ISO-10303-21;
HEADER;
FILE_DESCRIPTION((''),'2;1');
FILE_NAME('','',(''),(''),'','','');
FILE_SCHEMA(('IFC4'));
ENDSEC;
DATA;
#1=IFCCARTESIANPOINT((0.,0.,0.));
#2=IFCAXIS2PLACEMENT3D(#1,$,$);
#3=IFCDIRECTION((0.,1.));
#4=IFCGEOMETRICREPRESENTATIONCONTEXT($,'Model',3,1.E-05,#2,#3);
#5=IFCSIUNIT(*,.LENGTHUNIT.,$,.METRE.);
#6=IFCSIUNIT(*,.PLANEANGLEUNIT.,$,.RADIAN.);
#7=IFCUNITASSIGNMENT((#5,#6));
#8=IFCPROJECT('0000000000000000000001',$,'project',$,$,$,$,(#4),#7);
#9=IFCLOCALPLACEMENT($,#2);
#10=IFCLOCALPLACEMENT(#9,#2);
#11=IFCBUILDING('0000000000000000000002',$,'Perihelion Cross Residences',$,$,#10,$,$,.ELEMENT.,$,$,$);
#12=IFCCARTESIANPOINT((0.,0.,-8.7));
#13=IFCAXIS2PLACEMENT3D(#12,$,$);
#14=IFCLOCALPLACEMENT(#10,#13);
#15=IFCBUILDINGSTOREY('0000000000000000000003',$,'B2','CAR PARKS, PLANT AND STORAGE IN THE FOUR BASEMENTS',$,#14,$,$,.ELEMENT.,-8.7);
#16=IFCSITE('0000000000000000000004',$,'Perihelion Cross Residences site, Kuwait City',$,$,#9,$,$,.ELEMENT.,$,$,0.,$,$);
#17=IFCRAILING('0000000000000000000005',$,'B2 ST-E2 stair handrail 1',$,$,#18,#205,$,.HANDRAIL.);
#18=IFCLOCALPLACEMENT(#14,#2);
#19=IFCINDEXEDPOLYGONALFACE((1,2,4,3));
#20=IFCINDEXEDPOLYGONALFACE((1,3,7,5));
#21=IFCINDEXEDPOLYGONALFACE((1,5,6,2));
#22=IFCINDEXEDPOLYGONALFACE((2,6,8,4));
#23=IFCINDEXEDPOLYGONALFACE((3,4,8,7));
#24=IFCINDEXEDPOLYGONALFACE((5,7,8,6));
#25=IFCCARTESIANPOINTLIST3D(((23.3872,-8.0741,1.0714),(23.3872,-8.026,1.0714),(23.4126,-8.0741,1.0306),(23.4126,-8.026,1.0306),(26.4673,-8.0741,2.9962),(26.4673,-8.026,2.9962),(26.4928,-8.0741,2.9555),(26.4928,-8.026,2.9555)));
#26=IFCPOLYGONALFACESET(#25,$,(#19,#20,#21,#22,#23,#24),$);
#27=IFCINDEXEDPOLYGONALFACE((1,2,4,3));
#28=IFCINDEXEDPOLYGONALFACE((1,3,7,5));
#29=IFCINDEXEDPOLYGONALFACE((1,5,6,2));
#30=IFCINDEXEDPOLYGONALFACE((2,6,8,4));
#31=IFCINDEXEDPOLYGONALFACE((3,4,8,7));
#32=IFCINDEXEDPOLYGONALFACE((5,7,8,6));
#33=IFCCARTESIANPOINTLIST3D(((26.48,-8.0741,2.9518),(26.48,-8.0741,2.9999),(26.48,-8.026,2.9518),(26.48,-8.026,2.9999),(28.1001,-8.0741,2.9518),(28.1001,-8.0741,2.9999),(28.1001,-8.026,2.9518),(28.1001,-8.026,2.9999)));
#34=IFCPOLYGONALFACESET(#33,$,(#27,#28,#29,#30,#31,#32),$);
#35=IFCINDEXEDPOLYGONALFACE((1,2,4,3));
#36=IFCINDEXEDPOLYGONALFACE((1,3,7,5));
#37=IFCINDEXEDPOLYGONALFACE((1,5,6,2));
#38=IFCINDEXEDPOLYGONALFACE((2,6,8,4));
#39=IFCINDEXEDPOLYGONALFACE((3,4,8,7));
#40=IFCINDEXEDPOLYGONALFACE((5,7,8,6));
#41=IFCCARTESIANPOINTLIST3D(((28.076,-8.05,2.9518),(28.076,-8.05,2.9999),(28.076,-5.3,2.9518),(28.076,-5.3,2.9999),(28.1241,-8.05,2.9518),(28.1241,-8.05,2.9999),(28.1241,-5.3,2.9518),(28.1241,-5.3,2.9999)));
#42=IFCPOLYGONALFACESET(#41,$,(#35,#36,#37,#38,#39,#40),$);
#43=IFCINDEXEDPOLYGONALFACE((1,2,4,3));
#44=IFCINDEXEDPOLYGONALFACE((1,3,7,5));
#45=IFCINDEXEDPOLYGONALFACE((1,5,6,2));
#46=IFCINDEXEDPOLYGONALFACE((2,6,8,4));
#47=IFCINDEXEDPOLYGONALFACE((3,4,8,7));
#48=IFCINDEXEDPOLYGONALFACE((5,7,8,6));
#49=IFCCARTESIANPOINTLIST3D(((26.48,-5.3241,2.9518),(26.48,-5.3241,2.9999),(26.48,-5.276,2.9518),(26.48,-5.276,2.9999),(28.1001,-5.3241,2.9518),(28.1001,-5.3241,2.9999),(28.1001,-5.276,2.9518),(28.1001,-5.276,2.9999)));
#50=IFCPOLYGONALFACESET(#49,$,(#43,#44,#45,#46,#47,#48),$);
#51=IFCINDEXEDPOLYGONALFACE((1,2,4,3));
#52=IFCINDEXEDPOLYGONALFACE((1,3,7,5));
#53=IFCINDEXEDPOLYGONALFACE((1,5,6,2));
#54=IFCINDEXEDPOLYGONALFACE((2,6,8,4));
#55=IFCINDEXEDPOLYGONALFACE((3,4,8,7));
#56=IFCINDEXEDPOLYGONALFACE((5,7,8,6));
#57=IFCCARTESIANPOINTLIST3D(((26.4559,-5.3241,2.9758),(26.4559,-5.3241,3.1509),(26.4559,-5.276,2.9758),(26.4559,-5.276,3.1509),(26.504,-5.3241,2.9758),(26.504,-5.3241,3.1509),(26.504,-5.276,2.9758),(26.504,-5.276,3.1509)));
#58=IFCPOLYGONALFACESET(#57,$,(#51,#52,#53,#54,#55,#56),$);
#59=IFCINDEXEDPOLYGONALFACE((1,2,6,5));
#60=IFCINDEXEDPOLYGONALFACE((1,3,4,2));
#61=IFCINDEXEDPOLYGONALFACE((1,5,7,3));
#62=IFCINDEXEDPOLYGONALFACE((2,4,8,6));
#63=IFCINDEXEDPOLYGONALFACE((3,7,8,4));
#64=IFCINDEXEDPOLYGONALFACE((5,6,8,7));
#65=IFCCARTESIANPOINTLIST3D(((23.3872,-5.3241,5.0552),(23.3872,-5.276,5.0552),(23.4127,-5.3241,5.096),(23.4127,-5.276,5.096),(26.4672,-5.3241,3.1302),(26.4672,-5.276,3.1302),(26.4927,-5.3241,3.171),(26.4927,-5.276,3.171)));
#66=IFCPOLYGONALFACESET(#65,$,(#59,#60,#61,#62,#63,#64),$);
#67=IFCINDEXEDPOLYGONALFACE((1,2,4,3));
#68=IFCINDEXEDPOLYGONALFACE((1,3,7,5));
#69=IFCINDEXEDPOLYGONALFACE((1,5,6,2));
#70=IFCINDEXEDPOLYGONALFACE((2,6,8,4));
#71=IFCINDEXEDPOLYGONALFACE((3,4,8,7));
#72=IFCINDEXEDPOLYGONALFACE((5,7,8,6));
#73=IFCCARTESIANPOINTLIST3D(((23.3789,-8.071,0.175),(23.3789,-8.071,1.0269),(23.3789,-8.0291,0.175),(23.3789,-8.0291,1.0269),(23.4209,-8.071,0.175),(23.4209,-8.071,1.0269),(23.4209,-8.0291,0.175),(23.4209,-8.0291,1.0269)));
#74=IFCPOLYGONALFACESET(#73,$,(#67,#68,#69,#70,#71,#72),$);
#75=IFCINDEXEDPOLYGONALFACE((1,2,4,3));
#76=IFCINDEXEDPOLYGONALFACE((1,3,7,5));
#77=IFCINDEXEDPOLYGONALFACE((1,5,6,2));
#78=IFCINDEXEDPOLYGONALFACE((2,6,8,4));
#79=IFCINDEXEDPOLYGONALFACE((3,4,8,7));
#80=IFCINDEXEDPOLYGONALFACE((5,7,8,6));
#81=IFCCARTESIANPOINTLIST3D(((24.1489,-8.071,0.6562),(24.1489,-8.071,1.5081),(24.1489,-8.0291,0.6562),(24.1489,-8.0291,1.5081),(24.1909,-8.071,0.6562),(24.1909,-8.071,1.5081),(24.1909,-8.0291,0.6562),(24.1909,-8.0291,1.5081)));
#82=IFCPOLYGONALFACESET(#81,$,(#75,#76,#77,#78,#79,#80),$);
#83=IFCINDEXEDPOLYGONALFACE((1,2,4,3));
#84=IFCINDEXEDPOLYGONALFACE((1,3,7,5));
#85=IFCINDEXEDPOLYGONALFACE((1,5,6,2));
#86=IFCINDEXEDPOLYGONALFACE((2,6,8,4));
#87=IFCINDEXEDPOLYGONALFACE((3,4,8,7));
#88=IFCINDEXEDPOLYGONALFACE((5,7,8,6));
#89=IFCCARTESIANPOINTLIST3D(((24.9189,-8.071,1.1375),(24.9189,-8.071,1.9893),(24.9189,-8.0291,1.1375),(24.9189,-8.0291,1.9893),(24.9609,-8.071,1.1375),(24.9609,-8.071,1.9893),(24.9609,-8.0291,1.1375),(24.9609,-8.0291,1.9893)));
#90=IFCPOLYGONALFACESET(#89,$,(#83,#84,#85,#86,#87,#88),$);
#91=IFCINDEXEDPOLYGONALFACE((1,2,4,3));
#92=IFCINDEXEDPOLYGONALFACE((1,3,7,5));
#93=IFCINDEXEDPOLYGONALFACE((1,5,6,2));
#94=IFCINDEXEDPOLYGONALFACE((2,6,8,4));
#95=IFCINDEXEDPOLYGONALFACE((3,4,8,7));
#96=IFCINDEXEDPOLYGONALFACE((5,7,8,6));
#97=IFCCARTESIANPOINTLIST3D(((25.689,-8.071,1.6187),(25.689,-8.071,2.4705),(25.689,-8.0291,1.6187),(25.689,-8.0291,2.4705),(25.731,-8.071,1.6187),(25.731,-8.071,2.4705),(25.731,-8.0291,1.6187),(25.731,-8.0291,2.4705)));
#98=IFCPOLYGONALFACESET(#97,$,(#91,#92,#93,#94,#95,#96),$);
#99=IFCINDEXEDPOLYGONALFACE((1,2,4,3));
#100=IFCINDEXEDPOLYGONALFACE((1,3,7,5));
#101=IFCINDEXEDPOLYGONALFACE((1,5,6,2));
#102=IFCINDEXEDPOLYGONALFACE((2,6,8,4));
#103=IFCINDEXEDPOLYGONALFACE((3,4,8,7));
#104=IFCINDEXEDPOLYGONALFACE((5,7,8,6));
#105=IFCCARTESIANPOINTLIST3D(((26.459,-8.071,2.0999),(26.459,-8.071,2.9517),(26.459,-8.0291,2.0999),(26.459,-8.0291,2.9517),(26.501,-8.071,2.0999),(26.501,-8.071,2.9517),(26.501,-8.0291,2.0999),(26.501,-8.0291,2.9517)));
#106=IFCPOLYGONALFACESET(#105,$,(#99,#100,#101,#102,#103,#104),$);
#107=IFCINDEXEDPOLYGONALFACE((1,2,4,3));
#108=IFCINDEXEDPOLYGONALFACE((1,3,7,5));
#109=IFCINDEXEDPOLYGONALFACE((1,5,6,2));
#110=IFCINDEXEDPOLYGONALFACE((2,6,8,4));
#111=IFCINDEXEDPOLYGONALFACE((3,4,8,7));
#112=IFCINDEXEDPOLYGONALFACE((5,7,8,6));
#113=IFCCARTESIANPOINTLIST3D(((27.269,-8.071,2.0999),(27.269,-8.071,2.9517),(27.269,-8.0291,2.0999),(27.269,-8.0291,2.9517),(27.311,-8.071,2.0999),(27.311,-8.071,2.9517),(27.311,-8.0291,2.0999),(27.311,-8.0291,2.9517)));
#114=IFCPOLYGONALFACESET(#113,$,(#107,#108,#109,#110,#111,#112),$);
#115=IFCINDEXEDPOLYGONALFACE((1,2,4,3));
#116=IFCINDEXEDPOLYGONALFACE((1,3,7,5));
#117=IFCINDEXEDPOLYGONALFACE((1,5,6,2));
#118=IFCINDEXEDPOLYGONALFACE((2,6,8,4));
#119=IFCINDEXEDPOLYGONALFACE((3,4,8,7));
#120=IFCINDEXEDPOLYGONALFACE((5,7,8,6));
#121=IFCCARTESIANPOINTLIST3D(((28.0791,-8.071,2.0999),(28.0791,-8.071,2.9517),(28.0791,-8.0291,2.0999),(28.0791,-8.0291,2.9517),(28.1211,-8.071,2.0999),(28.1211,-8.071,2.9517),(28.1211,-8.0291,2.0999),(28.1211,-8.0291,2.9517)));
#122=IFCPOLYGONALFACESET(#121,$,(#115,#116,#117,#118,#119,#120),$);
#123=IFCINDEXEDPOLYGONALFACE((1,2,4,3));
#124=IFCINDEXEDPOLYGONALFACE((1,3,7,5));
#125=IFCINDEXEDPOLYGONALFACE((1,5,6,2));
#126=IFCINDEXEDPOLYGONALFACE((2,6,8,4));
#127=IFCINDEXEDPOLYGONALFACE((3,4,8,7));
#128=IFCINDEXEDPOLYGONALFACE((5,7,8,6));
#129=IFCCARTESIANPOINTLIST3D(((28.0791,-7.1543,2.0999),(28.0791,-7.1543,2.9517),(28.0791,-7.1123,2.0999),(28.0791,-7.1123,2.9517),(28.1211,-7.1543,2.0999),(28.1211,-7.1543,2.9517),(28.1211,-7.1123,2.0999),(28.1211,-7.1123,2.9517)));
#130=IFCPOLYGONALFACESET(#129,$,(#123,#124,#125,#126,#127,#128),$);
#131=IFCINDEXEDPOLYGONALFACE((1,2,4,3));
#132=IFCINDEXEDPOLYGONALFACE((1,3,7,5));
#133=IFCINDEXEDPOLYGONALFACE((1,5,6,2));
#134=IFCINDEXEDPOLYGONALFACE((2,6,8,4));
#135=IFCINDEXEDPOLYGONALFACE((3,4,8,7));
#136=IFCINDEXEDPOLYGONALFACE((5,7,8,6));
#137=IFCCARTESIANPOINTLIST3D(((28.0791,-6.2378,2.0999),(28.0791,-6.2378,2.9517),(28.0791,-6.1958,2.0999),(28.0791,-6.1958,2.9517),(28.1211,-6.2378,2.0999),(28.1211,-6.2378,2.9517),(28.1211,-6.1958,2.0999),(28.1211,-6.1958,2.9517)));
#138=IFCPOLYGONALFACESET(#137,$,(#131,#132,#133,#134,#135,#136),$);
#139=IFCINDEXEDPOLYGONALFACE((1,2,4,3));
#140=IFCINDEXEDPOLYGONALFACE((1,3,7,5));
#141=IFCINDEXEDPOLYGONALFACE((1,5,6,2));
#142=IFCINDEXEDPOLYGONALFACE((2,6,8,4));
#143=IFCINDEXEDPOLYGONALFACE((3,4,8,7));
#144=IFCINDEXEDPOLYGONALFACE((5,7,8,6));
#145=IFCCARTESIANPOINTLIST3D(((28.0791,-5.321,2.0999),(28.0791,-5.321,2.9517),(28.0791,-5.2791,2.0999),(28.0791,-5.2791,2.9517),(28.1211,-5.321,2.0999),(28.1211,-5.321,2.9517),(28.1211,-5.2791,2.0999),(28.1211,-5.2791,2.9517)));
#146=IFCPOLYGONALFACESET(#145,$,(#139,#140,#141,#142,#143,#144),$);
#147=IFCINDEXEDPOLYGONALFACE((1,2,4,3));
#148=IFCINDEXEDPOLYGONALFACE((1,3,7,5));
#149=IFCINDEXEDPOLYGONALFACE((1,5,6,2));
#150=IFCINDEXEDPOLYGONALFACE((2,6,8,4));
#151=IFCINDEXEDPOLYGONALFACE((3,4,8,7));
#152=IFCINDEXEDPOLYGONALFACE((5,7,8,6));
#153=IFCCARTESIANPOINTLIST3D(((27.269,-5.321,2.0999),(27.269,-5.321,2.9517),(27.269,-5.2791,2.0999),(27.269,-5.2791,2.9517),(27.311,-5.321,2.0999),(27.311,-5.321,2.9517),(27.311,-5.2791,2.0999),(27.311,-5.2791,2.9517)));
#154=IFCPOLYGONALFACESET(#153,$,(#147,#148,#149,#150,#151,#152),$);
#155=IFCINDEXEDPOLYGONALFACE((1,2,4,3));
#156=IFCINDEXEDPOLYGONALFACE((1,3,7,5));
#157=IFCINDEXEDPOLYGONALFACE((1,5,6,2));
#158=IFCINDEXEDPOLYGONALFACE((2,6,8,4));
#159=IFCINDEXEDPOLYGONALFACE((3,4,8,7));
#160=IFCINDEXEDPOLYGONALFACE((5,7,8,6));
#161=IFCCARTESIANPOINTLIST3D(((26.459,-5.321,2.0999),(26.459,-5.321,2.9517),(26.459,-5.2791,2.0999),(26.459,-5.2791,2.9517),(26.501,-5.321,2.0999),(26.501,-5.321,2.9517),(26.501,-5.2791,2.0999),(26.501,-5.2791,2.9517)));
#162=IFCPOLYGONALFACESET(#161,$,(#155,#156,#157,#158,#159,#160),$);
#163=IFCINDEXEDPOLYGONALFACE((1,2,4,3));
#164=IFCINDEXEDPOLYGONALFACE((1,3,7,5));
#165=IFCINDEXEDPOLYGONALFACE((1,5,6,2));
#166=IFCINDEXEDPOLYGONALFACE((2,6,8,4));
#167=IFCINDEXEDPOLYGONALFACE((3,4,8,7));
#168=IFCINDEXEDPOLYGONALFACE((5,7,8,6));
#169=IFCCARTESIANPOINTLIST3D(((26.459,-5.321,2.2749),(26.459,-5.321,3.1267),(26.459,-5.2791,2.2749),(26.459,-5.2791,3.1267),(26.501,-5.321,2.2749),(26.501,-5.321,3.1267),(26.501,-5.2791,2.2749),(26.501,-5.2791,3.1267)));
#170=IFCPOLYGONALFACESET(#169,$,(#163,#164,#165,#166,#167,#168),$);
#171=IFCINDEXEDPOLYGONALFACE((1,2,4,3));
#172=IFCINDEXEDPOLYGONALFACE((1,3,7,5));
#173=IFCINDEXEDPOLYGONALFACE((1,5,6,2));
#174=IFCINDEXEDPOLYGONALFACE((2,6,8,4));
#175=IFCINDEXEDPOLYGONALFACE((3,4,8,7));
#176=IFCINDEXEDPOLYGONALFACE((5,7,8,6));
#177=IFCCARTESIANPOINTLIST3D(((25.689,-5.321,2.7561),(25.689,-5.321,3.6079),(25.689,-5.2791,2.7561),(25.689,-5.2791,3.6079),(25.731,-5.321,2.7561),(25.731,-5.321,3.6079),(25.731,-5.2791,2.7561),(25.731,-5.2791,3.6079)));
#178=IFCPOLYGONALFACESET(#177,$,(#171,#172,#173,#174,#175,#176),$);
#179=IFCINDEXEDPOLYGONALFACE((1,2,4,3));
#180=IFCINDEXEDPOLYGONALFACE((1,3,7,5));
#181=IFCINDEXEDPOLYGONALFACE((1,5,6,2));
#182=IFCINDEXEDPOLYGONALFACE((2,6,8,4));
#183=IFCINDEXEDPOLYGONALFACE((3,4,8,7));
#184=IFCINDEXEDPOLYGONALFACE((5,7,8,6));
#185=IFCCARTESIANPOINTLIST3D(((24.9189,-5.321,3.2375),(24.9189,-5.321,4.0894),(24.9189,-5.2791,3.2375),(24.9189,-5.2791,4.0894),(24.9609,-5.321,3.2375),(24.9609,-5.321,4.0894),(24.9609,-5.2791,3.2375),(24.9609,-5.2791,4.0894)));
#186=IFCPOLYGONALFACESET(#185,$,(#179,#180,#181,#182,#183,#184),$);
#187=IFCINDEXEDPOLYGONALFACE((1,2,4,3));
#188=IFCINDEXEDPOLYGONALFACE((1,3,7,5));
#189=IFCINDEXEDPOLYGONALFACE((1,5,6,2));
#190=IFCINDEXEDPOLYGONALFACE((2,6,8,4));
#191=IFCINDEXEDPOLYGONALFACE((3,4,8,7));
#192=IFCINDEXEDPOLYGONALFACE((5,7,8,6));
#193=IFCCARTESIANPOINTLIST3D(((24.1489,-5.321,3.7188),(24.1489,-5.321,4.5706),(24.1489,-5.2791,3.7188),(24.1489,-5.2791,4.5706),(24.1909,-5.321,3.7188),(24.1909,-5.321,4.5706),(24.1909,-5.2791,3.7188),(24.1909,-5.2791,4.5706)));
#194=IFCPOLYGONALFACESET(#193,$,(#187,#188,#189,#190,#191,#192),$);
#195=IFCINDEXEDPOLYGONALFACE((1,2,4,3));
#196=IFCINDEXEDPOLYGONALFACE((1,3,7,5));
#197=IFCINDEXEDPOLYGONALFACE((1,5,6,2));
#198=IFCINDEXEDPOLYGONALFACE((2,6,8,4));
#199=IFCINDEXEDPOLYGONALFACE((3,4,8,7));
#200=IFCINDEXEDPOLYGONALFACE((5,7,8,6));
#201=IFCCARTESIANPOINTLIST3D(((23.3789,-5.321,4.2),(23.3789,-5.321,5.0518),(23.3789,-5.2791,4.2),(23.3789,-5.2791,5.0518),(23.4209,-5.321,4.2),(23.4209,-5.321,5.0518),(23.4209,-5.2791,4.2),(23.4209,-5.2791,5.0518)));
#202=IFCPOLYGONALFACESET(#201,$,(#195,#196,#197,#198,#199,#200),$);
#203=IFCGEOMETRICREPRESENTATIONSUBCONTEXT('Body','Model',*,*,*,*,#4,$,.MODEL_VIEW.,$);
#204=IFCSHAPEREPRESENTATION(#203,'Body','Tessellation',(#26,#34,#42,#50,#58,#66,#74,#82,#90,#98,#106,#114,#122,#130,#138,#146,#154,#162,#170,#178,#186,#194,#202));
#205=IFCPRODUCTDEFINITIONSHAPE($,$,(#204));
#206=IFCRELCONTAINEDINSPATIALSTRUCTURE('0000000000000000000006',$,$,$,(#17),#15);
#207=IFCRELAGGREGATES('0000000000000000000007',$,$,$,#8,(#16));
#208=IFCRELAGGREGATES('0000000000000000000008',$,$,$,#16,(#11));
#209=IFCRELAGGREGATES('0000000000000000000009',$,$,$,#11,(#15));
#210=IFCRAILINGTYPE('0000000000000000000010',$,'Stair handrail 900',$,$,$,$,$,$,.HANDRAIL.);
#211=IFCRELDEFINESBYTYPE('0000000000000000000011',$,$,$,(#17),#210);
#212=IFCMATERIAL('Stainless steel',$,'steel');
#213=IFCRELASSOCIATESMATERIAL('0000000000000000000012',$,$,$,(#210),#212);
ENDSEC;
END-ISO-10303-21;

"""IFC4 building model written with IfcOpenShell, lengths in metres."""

from ifc_helpers import new_model, si_unit, direction, frame, origin, origin_2d, place, context, subcontext, project, spatial, rectangle, extrude, material, type_object, element, save


model = new_model("IFC4")

# Units and contexts
model_context = context("Model", 3, precision=1e-05, world=origin(), true_north=direction((0.0, 1.0)))
body_context = subcontext(model_context, "Body", "Model", "MODEL_VIEW")
ifc_project = project(units=[si_unit("LENGTHUNIT", "METRE"), si_unit("PLANEANGLEUNIT", "RADIAN")], contexts=[model_context])

# Site, building, storey
site_placement = place(None, origin())
site = spatial("IfcSite", under=ifc_project, at=site_placement, Name="Perihelion Cross Residences site, Kuwait City", CompositionType="ELEMENT", RefElevation=0.0)
building_placement = place(site_placement, origin())
building = spatial("IfcBuilding", under=site, at=building_placement, Name="Perihelion Cross Residences", CompositionType="ELEMENT")
storey_placement = place(building_placement, frame((0.0, 0.0, -8.7)))
storey = spatial("IfcBuildingStorey", under=building, at=storey_placement, Name="B2", Description="CAR PARKS, PLANT AND STORAGE IN THE FOUR BASEMENTS", CompositionType="ELEMENT", Elevation=-8.7)

# Railing
ifc_material_1 = material(Name="Stainless steel", Category="steel")
railing_type_1 = type_object("IfcRailingType", Name="Stair handrail 900", PredefinedType="HANDRAIL", material=ifc_material_1)
railing_1_placement = place(storey_placement, frame((23.3999, -8.05, 0.175)))
element("IfcRailing", 1, at=railing_1_placement, inside=storey, type_object=railing_type_1, Name="B2 ST-E2 stair handrail 1", PredefinedType="HANDRAIL", context=body_context, shape_type="SweptSolid", body=[
    extrude(rectangle(XDim=0.0481, YDim=0.0481, at=origin_2d()), frame((0.0, 0.0, 0.876), z_axis=(0.848029, 0.0, 0.529951), x_axis=(0.0, 1.0, 0.0)), (0.0, 0.0, 1.0), 3.6321),
    extrude(rectangle(XDim=0.0481, YDim=0.0481, at=origin_2d()), frame((3.0801, 0.0, 2.8008), z_axis=(1.0, 0.0, 0.0), x_axis=(0.0, 1.0, 0.0)), (0.0, 0.0, 1.0), 1.6201),
    extrude(rectangle(XDim=0.0481, YDim=0.0481, at=origin_2d()), frame((4.7002, 0.0, 2.8008), z_axis=(0.0, 1.0, 0.0), x_axis=(-1.0, 0.0, 0.0)), (0.0, 0.0, 1.0), 2.75),
    extrude(rectangle(XDim=0.0481, YDim=0.0481, at=origin_2d()), frame((4.7002, 2.75, 2.8008), z_axis=(-1.0, 0.0, 0.0), x_axis=(0.0, -1.0, 0.0)), (0.0, 0.0, 1.0), 1.6201),
    extrude(rectangle(XDim=0.0481, YDim=0.0481, at=origin_2d()), frame((3.0801, 2.75, 2.8008), z_axis=(0.0, 0.0, 1.0), x_axis=(1.0, 0.0, 0.0)), (0.0, 0.0, 1.0), 0.175),
    extrude(rectangle(XDim=0.0481, YDim=0.0481, at=origin_2d()), frame((3.0801, 2.75, 2.9756), z_axis=(-0.847998, 0.0, 0.529999), x_axis=(0.0, -1.0, 0.0)), (0.0, 0.0, 1.0), 3.6321),
    extrude(rectangle(XDim=0.042, YDim=0.042, at=origin_2d()), origin(), (0.0, 0.0, 1.0), 0.8518),
    extrude(rectangle(XDim=0.042, YDim=0.042, at=origin_2d()), frame((0.77, 0.0, 0.4812)), (0.0, 0.0, 1.0), 0.8518),
    extrude(rectangle(XDim=0.042, YDim=0.042, at=origin_2d()), frame((1.54, 0.0, 0.9624)), (0.0, 0.0, 1.0), 0.8518),
    extrude(rectangle(XDim=0.042, YDim=0.042, at=origin_2d()), frame((2.3101, 0.0, 1.4436)), (0.0, 0.0, 1.0), 0.8518),
    extrude(rectangle(XDim=0.042, YDim=0.042, at=origin_2d()), frame((3.0801, 0.0, 1.9248)), (0.0, 0.0, 1.0), 0.8518),
    extrude(rectangle(XDim=0.042, YDim=0.042, at=origin_2d()), frame((3.8901, 0.0, 1.9248)), (0.0, 0.0, 1.0), 0.8518),
    extrude(rectangle(XDim=0.042, YDim=0.042, at=origin_2d()), frame((4.7002, 0.0, 1.9248)), (0.0, 0.0, 1.0), 0.8518),
    extrude(rectangle(XDim=0.042, YDim=0.042, at=origin_2d()), frame((4.7002, 0.9167, 1.9248)), (0.0, 0.0, 1.0), 0.8518),
    extrude(rectangle(XDim=0.042, YDim=0.042, at=origin_2d()), frame((4.7002, 1.8333, 1.9248)), (0.0, 0.0, 1.0), 0.8518),
    extrude(rectangle(XDim=0.042, YDim=0.042, at=origin_2d()), frame((4.7002, 2.75, 1.9248)), (0.0, 0.0, 1.0), 0.8518),
    extrude(rectangle(XDim=0.042, YDim=0.042, at=origin_2d()), frame((3.8901, 2.75, 1.9248)), (0.0, 0.0, 1.0), 0.8518),
    extrude(rectangle(XDim=0.042, YDim=0.042, at=origin_2d()), frame((3.0801, 2.75, 1.9248)), (0.0, 0.0, 1.0), 0.8518),
    extrude(rectangle(XDim=0.042, YDim=0.042, at=origin_2d()), frame((3.0801, 2.75, 2.0999)), (0.0, 0.0, 1.0), 0.8518),
    extrude(rectangle(XDim=0.042, YDim=0.042, at=origin_2d()), frame((2.3101, 2.75, 2.5811)), (0.0, 0.0, 1.0), 0.8518),
    extrude(rectangle(XDim=0.042, YDim=0.042, at=origin_2d()), frame((1.54, 2.75, 3.0625)), (0.0, 0.0, 1.0), 0.8518),
    extrude(rectangle(XDim=0.042, YDim=0.042, at=origin_2d()), frame((0.77, 2.75, 3.5437)), (0.0, 0.0, 1.0), 0.8518),
    extrude(rectangle(XDim=0.042, YDim=0.042, at=origin_2d()), frame((0.0, 2.75, 4.0249)), (0.0, 0.0, 1.0), 0.8518),
])

save(model, "model.ifc")
